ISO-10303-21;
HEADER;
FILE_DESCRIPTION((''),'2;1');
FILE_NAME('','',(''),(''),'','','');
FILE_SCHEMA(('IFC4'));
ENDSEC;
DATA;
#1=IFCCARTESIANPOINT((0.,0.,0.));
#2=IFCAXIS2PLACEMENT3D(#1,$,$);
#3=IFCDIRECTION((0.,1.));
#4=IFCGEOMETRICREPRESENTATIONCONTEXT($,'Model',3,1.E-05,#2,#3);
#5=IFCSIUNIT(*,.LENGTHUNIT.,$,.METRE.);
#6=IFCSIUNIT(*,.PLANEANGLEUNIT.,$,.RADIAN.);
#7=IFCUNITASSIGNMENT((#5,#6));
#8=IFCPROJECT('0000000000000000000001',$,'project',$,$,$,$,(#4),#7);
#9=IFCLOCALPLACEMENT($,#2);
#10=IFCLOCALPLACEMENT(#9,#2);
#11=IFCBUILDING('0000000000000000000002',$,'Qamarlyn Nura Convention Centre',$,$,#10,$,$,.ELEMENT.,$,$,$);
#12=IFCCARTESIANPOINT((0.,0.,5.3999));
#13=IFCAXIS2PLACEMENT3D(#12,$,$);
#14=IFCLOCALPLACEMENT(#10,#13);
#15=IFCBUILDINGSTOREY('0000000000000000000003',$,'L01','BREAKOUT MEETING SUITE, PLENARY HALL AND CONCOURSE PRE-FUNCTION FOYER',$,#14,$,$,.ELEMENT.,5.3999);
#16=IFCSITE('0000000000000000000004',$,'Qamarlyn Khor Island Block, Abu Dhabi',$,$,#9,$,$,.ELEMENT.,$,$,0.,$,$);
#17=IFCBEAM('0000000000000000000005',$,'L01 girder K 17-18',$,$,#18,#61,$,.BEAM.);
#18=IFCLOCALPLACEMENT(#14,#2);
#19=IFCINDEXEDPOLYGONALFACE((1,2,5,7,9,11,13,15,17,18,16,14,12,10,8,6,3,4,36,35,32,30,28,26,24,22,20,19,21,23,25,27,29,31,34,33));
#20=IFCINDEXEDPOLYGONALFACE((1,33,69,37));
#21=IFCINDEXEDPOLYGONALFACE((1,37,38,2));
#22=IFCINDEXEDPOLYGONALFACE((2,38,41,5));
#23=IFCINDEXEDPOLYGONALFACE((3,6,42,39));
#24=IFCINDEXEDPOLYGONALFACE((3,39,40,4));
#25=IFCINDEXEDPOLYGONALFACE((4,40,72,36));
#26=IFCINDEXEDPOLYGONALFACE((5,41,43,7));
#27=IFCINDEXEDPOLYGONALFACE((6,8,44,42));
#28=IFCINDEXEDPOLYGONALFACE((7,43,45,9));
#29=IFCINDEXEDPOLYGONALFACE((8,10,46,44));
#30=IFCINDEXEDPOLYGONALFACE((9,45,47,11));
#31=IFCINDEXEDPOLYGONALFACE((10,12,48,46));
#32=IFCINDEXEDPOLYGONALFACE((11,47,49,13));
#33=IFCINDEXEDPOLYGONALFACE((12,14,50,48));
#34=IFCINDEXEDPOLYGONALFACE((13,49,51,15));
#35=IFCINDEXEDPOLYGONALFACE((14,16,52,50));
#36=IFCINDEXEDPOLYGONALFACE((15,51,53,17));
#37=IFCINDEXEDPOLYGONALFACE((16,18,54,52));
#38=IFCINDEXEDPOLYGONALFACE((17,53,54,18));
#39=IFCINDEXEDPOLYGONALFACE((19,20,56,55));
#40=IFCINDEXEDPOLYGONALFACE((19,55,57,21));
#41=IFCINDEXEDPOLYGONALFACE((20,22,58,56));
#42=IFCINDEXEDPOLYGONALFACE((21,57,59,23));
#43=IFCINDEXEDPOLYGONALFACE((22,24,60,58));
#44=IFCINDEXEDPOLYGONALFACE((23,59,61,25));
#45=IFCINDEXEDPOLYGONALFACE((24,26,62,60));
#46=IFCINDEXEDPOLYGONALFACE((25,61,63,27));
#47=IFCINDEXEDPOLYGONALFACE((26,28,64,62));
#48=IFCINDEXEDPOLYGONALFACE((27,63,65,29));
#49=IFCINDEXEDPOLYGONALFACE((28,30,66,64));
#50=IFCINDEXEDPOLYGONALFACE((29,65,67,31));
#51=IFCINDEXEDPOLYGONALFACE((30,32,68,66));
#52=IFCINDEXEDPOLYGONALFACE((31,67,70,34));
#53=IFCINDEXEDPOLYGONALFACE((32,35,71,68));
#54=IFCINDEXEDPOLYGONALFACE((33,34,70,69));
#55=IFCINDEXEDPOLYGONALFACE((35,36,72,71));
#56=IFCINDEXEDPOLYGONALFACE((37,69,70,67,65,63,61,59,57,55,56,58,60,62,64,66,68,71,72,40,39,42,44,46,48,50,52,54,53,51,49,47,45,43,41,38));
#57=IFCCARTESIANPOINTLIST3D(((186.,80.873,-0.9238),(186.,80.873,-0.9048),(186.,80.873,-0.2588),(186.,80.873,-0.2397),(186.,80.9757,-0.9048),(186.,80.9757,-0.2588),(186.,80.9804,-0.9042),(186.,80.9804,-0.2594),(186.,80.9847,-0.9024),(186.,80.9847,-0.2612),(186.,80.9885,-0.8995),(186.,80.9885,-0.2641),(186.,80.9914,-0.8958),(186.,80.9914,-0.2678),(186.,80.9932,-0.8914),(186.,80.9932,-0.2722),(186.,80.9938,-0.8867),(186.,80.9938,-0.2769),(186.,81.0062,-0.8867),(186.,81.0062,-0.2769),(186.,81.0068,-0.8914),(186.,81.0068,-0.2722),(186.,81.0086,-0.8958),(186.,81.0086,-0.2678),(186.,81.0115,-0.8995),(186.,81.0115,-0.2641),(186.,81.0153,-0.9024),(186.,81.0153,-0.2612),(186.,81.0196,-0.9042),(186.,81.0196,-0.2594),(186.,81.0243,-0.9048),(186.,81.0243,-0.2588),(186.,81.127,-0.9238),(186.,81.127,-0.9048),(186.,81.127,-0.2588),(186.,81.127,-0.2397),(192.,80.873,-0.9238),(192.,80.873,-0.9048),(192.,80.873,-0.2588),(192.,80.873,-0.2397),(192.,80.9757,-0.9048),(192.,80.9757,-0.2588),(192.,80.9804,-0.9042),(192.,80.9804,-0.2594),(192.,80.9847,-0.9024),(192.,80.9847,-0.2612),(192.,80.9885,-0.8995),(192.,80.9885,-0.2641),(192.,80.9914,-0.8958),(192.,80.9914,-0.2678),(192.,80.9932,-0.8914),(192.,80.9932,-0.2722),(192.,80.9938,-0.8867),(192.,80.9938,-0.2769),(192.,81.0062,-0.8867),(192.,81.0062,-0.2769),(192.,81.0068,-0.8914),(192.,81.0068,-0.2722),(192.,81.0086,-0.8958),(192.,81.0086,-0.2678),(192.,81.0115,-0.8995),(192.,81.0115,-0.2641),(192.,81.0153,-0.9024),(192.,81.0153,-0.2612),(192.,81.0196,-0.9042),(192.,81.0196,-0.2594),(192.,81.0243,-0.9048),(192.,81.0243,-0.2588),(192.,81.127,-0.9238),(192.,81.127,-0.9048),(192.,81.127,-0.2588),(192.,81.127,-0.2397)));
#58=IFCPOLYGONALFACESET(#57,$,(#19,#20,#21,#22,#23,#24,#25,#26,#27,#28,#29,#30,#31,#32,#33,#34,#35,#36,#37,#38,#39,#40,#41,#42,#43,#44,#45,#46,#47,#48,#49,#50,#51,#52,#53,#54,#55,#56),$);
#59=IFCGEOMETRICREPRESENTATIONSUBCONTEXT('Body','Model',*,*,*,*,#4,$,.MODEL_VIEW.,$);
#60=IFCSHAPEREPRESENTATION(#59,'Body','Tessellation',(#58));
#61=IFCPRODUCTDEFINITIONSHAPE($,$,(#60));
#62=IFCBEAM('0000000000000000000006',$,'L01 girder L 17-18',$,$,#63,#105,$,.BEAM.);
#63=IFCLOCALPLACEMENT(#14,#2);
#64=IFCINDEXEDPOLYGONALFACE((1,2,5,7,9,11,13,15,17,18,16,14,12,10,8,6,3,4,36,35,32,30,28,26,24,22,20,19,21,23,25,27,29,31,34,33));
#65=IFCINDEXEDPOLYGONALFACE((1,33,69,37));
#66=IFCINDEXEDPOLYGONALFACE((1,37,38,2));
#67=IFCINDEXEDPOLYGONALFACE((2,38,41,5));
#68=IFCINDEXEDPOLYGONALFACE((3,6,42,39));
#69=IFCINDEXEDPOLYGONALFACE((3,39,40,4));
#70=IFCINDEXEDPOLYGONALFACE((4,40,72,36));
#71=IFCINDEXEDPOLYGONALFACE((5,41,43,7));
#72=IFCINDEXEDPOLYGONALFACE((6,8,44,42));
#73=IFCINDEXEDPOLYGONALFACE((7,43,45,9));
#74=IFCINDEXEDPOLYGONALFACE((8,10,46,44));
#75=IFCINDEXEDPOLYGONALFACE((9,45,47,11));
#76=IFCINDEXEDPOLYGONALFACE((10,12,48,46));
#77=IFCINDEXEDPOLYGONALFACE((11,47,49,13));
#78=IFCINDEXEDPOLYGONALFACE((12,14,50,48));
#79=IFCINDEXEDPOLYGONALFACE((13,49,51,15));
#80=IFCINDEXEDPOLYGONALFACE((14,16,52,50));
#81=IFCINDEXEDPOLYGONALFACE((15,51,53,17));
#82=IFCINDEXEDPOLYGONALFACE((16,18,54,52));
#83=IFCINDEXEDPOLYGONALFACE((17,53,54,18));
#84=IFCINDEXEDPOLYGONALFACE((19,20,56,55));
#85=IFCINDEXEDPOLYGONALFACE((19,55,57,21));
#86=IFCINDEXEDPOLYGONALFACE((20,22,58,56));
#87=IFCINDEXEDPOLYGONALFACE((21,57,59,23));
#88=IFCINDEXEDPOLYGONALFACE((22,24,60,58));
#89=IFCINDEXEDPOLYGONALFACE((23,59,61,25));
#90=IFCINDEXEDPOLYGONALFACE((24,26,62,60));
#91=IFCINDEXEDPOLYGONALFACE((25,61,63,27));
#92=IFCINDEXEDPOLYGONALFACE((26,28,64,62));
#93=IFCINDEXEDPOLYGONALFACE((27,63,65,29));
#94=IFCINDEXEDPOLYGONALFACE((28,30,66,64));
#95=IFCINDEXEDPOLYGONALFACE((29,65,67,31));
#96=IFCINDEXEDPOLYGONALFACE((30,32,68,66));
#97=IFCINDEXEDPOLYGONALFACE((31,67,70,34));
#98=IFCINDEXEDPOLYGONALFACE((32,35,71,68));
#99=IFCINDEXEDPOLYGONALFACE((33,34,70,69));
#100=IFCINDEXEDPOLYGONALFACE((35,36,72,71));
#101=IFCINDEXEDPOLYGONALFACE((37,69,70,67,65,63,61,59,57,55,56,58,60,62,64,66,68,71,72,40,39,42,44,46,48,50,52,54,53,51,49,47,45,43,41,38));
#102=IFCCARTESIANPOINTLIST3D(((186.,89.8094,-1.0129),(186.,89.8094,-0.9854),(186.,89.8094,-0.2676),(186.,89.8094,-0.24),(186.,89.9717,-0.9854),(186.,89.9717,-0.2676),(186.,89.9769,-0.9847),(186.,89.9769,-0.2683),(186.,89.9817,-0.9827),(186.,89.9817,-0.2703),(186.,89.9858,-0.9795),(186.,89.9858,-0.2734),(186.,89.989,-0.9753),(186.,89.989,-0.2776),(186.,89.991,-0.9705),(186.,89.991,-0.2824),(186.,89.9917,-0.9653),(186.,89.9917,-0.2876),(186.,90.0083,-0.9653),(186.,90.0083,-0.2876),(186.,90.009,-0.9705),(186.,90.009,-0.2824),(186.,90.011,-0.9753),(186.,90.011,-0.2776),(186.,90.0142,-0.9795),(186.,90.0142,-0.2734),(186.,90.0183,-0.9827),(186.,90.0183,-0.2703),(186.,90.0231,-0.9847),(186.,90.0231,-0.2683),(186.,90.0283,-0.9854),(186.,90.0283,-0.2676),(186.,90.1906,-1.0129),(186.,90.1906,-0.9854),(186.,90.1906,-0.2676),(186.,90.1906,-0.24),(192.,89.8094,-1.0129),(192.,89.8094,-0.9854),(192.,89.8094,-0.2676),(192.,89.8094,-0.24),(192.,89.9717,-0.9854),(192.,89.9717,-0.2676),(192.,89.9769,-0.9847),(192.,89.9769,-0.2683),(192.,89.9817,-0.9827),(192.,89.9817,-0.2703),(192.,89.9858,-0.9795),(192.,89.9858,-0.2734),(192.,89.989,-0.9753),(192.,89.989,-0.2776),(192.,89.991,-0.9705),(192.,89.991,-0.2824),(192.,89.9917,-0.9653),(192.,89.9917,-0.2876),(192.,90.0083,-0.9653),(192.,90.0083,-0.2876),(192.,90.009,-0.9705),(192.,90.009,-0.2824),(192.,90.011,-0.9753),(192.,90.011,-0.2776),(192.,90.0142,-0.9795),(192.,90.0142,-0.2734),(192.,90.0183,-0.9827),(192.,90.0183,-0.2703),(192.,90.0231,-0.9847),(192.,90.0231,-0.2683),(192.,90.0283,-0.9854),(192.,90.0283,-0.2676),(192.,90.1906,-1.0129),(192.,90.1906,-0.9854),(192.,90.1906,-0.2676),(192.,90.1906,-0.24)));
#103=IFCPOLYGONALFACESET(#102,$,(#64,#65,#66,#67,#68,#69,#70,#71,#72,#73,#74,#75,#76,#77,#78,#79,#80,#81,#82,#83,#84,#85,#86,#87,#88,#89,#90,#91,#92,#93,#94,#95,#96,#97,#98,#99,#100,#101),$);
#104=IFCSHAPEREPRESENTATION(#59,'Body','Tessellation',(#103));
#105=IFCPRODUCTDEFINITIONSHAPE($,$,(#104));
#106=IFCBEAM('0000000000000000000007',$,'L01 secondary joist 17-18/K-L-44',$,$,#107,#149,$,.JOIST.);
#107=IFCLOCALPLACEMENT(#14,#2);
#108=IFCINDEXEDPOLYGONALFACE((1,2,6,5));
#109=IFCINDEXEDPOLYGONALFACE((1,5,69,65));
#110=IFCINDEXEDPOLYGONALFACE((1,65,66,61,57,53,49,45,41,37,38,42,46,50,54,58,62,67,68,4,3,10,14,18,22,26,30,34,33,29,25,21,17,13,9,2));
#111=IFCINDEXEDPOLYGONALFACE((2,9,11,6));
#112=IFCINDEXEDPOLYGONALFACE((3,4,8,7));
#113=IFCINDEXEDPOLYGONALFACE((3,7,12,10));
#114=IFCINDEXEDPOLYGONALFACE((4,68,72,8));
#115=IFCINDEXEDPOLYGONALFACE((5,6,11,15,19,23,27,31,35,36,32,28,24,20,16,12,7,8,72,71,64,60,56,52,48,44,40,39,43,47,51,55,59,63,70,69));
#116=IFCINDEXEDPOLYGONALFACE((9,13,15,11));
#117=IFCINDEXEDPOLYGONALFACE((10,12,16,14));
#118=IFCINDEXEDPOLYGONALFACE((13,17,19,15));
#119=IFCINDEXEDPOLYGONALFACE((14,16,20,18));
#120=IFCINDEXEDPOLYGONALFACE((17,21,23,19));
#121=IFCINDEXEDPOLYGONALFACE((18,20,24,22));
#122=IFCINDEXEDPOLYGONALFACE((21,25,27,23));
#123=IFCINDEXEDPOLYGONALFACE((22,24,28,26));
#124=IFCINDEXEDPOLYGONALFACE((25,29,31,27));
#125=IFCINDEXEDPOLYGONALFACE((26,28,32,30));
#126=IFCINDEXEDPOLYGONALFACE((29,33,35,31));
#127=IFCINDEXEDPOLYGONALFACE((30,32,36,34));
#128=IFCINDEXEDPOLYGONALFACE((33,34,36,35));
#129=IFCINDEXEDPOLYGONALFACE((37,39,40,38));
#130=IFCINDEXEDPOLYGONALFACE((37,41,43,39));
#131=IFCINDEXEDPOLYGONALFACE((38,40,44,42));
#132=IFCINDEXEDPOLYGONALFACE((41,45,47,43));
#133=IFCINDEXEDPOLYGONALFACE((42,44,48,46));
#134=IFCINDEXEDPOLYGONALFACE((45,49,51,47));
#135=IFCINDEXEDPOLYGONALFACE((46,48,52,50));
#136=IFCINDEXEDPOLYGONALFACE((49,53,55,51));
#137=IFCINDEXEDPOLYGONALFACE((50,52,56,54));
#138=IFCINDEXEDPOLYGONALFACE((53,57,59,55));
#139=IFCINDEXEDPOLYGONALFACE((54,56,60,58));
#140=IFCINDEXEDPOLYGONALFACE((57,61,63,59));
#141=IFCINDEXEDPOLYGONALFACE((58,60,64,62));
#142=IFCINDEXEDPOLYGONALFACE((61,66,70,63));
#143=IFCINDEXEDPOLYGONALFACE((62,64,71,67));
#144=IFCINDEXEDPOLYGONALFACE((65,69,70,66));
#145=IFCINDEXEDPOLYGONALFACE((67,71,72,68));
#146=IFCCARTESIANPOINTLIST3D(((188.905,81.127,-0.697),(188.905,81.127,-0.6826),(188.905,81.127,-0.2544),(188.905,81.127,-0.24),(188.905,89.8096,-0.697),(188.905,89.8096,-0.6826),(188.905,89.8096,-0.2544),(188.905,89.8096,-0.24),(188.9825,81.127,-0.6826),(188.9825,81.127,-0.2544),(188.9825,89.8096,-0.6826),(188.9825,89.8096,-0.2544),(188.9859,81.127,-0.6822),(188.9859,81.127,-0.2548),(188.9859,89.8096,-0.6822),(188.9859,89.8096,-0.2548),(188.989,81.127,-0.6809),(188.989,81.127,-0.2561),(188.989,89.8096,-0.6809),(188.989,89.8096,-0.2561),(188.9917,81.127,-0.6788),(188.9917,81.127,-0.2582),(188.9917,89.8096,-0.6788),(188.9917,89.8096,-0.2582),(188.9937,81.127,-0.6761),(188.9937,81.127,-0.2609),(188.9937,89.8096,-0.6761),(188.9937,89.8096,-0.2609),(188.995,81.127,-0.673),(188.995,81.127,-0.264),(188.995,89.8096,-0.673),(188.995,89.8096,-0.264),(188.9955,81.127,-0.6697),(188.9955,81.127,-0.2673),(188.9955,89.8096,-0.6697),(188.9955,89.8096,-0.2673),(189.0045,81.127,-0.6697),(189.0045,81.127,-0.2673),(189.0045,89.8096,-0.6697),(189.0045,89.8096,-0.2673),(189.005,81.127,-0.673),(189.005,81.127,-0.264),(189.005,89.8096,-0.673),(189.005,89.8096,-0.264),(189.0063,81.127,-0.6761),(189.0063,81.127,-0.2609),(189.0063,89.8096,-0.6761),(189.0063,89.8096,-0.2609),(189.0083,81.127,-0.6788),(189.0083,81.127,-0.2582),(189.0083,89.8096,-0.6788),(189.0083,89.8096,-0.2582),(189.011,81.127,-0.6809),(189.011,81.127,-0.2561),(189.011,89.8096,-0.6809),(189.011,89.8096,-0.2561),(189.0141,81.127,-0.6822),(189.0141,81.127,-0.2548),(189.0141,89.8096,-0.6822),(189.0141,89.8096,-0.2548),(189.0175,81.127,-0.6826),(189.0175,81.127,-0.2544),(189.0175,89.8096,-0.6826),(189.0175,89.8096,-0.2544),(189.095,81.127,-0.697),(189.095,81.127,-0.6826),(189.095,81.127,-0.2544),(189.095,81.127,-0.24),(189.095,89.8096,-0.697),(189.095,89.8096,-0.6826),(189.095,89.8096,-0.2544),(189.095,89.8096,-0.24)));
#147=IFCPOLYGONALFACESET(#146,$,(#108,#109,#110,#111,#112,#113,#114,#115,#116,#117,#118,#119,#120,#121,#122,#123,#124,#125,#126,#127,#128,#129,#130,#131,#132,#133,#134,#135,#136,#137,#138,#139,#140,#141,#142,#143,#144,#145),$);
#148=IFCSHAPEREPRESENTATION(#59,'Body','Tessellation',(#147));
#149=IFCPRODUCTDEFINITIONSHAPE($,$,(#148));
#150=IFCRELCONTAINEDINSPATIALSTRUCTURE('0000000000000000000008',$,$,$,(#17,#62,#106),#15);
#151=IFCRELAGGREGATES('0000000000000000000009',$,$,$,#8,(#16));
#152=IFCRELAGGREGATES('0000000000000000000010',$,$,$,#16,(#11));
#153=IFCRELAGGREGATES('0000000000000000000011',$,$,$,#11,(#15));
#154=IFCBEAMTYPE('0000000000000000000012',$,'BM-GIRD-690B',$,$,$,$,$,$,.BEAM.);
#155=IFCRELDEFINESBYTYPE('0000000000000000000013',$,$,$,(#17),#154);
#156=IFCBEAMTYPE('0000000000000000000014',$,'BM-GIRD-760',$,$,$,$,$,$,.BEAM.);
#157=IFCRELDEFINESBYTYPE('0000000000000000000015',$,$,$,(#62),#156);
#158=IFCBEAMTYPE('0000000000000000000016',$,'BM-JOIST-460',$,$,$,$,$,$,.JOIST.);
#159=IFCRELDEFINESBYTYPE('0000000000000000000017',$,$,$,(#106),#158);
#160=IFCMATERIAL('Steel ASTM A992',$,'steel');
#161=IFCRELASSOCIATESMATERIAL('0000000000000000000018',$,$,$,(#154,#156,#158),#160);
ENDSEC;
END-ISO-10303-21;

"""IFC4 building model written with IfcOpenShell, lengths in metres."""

from ifc_helpers import new_model, si_unit, direction, frame, origin, origin_2d, place, context, subcontext, project, spatial, i_section, extrude, material, material_profile, profile_set, type_object, element, save


model = new_model("IFC4")

# Units and contexts
model_context = context("Model", 3, precision=1e-05, world=origin(), true_north=direction((0.0, 1.0)))
body_context = subcontext(model_context, "Body", "Model", "MODEL_VIEW")
ifc_project = project(units=[si_unit("LENGTHUNIT", "METRE"), si_unit("PLANEANGLEUNIT", "RADIAN")], contexts=[model_context])

# Site, building, storey
site_placement = place(None, origin())
site = spatial("IfcSite", under=ifc_project, at=site_placement, Name="Qamarlyn Khor Island Block, Abu Dhabi", CompositionType="ELEMENT", RefElevation=0.0)
building_placement = place(site_placement, origin())
building = spatial("IfcBuilding", under=site, at=building_placement, Name="Qamarlyn Nura Convention Centre", CompositionType="ELEMENT")
storey_placement = place(building_placement, frame((0.0, 0.0, 5.3999)))
storey = spatial("IfcBuildingStorey", under=building, at=storey_placement, Name="L01", Description="BREAKOUT MEETING SUITE, PLENARY HALL AND CONCOURSE PRE-FUNCTION FOYER", CompositionType="ELEMENT", Elevation=5.3999)

# Shared definitions
ifc_material_1 = material(Name="Steel ASTM A992", Category="steel")

# Beams
ifc_material_profile_1 = material_profile(ifc_material_1, i_section(OverallWidth=0.2539, OverallDepth=0.6841, WebThickness=0.0125, FlangeThickness=0.019, FilletRadius=0.0181, at=origin_2d()), Name="W690X140")
ifc_profile_set_1 = profile_set([ifc_material_profile_1], Name="Steel ASTM A992")
beam_type_1 = type_object("IfcBeamType", Name="BM-GIRD-690B", PredefinedType="BEAM", material=ifc_profile_set_1)
beam_1_placement = place(storey_placement, frame((186.0, 81.0, -0.5818), z_axis=(1.0, 0.0, 0.0), x_axis=(0.0, 1.0, 0.0)))
element("IfcBeam", 1, at=beam_1_placement, inside=storey, type_object=beam_type_1, Name="L01 girder K 17-18", PredefinedType="BEAM", context=body_context, shape_type="SweptSolid", body=[
    extrude(i_section(OverallWidth=0.2539, OverallDepth=0.6841, WebThickness=0.0125, FlangeThickness=0.019, FilletRadius=0.0181, at=origin_2d()), origin(), (0.0, 0.0, 1.0), 6.0),
])
ifc_material_profile_2 = material_profile(ifc_material_1, i_section(OverallWidth=0.3811, OverallDepth=0.7729, WebThickness=0.0166, FlangeThickness=0.0276, FilletRadius=0.02, at=origin_2d()), Name="W760X257")
ifc_profile_set_2 = profile_set([ifc_material_profile_2], Name="Steel ASTM A992")
beam_type_2 = type_object("IfcBeamType", Name="BM-GIRD-760", PredefinedType="BEAM", material=ifc_profile_set_2)
beam_2_placement = place(storey_placement, frame((186.0, 90.0, -0.6265), z_axis=(1.0, 0.0, 0.0), x_axis=(0.0, 1.0, 0.0)))
element("IfcBeam", 2, at=beam_2_placement, inside=storey, type_object=beam_type_2, Name="L01 girder L 17-18", PredefinedType="BEAM", context=body_context, shape_type="SweptSolid", body=[
    extrude(i_section(OverallWidth=0.3811, OverallDepth=0.7729, WebThickness=0.0166, FlangeThickness=0.0276, FilletRadius=0.02, at=origin_2d()), origin(), (0.0, 0.0, 1.0), 6.0),
])
ifc_material_profile_3 = material_profile(ifc_material_1, i_section(OverallWidth=0.1899, OverallDepth=0.457, WebThickness=0.009, FlangeThickness=0.0144, FilletRadius=0.0129, at=origin_2d()), Name="W460X74")
ifc_profile_set_3 = profile_set([ifc_material_profile_3], Name="Steel ASTM A992")
beam_type_3 = type_object("IfcBeamType", Name="BM-JOIST-460", PredefinedType="JOIST", material=ifc_profile_set_3)
beam_3_placement = place(storey_placement, frame((189.0, 81.127, -0.4685), z_axis=(0.0, 1.0, 0.0), x_axis=(-1.0, 0.0, 0.0)))
element("IfcBeam", 3, at=beam_3_placement, inside=storey, type_object=beam_type_3, Name="L01 secondary joist 17-18/K-L-44", PredefinedType="JOIST", context=body_context, shape_type="SweptSolid", body=[
    extrude(i_section(OverallWidth=0.1899, OverallDepth=0.457, WebThickness=0.009, FlangeThickness=0.0144, FilletRadius=0.0129, at=origin_2d()), origin(), (0.0, 0.0, 1.0), 8.6826),
])

save(model, "model.ifc")
